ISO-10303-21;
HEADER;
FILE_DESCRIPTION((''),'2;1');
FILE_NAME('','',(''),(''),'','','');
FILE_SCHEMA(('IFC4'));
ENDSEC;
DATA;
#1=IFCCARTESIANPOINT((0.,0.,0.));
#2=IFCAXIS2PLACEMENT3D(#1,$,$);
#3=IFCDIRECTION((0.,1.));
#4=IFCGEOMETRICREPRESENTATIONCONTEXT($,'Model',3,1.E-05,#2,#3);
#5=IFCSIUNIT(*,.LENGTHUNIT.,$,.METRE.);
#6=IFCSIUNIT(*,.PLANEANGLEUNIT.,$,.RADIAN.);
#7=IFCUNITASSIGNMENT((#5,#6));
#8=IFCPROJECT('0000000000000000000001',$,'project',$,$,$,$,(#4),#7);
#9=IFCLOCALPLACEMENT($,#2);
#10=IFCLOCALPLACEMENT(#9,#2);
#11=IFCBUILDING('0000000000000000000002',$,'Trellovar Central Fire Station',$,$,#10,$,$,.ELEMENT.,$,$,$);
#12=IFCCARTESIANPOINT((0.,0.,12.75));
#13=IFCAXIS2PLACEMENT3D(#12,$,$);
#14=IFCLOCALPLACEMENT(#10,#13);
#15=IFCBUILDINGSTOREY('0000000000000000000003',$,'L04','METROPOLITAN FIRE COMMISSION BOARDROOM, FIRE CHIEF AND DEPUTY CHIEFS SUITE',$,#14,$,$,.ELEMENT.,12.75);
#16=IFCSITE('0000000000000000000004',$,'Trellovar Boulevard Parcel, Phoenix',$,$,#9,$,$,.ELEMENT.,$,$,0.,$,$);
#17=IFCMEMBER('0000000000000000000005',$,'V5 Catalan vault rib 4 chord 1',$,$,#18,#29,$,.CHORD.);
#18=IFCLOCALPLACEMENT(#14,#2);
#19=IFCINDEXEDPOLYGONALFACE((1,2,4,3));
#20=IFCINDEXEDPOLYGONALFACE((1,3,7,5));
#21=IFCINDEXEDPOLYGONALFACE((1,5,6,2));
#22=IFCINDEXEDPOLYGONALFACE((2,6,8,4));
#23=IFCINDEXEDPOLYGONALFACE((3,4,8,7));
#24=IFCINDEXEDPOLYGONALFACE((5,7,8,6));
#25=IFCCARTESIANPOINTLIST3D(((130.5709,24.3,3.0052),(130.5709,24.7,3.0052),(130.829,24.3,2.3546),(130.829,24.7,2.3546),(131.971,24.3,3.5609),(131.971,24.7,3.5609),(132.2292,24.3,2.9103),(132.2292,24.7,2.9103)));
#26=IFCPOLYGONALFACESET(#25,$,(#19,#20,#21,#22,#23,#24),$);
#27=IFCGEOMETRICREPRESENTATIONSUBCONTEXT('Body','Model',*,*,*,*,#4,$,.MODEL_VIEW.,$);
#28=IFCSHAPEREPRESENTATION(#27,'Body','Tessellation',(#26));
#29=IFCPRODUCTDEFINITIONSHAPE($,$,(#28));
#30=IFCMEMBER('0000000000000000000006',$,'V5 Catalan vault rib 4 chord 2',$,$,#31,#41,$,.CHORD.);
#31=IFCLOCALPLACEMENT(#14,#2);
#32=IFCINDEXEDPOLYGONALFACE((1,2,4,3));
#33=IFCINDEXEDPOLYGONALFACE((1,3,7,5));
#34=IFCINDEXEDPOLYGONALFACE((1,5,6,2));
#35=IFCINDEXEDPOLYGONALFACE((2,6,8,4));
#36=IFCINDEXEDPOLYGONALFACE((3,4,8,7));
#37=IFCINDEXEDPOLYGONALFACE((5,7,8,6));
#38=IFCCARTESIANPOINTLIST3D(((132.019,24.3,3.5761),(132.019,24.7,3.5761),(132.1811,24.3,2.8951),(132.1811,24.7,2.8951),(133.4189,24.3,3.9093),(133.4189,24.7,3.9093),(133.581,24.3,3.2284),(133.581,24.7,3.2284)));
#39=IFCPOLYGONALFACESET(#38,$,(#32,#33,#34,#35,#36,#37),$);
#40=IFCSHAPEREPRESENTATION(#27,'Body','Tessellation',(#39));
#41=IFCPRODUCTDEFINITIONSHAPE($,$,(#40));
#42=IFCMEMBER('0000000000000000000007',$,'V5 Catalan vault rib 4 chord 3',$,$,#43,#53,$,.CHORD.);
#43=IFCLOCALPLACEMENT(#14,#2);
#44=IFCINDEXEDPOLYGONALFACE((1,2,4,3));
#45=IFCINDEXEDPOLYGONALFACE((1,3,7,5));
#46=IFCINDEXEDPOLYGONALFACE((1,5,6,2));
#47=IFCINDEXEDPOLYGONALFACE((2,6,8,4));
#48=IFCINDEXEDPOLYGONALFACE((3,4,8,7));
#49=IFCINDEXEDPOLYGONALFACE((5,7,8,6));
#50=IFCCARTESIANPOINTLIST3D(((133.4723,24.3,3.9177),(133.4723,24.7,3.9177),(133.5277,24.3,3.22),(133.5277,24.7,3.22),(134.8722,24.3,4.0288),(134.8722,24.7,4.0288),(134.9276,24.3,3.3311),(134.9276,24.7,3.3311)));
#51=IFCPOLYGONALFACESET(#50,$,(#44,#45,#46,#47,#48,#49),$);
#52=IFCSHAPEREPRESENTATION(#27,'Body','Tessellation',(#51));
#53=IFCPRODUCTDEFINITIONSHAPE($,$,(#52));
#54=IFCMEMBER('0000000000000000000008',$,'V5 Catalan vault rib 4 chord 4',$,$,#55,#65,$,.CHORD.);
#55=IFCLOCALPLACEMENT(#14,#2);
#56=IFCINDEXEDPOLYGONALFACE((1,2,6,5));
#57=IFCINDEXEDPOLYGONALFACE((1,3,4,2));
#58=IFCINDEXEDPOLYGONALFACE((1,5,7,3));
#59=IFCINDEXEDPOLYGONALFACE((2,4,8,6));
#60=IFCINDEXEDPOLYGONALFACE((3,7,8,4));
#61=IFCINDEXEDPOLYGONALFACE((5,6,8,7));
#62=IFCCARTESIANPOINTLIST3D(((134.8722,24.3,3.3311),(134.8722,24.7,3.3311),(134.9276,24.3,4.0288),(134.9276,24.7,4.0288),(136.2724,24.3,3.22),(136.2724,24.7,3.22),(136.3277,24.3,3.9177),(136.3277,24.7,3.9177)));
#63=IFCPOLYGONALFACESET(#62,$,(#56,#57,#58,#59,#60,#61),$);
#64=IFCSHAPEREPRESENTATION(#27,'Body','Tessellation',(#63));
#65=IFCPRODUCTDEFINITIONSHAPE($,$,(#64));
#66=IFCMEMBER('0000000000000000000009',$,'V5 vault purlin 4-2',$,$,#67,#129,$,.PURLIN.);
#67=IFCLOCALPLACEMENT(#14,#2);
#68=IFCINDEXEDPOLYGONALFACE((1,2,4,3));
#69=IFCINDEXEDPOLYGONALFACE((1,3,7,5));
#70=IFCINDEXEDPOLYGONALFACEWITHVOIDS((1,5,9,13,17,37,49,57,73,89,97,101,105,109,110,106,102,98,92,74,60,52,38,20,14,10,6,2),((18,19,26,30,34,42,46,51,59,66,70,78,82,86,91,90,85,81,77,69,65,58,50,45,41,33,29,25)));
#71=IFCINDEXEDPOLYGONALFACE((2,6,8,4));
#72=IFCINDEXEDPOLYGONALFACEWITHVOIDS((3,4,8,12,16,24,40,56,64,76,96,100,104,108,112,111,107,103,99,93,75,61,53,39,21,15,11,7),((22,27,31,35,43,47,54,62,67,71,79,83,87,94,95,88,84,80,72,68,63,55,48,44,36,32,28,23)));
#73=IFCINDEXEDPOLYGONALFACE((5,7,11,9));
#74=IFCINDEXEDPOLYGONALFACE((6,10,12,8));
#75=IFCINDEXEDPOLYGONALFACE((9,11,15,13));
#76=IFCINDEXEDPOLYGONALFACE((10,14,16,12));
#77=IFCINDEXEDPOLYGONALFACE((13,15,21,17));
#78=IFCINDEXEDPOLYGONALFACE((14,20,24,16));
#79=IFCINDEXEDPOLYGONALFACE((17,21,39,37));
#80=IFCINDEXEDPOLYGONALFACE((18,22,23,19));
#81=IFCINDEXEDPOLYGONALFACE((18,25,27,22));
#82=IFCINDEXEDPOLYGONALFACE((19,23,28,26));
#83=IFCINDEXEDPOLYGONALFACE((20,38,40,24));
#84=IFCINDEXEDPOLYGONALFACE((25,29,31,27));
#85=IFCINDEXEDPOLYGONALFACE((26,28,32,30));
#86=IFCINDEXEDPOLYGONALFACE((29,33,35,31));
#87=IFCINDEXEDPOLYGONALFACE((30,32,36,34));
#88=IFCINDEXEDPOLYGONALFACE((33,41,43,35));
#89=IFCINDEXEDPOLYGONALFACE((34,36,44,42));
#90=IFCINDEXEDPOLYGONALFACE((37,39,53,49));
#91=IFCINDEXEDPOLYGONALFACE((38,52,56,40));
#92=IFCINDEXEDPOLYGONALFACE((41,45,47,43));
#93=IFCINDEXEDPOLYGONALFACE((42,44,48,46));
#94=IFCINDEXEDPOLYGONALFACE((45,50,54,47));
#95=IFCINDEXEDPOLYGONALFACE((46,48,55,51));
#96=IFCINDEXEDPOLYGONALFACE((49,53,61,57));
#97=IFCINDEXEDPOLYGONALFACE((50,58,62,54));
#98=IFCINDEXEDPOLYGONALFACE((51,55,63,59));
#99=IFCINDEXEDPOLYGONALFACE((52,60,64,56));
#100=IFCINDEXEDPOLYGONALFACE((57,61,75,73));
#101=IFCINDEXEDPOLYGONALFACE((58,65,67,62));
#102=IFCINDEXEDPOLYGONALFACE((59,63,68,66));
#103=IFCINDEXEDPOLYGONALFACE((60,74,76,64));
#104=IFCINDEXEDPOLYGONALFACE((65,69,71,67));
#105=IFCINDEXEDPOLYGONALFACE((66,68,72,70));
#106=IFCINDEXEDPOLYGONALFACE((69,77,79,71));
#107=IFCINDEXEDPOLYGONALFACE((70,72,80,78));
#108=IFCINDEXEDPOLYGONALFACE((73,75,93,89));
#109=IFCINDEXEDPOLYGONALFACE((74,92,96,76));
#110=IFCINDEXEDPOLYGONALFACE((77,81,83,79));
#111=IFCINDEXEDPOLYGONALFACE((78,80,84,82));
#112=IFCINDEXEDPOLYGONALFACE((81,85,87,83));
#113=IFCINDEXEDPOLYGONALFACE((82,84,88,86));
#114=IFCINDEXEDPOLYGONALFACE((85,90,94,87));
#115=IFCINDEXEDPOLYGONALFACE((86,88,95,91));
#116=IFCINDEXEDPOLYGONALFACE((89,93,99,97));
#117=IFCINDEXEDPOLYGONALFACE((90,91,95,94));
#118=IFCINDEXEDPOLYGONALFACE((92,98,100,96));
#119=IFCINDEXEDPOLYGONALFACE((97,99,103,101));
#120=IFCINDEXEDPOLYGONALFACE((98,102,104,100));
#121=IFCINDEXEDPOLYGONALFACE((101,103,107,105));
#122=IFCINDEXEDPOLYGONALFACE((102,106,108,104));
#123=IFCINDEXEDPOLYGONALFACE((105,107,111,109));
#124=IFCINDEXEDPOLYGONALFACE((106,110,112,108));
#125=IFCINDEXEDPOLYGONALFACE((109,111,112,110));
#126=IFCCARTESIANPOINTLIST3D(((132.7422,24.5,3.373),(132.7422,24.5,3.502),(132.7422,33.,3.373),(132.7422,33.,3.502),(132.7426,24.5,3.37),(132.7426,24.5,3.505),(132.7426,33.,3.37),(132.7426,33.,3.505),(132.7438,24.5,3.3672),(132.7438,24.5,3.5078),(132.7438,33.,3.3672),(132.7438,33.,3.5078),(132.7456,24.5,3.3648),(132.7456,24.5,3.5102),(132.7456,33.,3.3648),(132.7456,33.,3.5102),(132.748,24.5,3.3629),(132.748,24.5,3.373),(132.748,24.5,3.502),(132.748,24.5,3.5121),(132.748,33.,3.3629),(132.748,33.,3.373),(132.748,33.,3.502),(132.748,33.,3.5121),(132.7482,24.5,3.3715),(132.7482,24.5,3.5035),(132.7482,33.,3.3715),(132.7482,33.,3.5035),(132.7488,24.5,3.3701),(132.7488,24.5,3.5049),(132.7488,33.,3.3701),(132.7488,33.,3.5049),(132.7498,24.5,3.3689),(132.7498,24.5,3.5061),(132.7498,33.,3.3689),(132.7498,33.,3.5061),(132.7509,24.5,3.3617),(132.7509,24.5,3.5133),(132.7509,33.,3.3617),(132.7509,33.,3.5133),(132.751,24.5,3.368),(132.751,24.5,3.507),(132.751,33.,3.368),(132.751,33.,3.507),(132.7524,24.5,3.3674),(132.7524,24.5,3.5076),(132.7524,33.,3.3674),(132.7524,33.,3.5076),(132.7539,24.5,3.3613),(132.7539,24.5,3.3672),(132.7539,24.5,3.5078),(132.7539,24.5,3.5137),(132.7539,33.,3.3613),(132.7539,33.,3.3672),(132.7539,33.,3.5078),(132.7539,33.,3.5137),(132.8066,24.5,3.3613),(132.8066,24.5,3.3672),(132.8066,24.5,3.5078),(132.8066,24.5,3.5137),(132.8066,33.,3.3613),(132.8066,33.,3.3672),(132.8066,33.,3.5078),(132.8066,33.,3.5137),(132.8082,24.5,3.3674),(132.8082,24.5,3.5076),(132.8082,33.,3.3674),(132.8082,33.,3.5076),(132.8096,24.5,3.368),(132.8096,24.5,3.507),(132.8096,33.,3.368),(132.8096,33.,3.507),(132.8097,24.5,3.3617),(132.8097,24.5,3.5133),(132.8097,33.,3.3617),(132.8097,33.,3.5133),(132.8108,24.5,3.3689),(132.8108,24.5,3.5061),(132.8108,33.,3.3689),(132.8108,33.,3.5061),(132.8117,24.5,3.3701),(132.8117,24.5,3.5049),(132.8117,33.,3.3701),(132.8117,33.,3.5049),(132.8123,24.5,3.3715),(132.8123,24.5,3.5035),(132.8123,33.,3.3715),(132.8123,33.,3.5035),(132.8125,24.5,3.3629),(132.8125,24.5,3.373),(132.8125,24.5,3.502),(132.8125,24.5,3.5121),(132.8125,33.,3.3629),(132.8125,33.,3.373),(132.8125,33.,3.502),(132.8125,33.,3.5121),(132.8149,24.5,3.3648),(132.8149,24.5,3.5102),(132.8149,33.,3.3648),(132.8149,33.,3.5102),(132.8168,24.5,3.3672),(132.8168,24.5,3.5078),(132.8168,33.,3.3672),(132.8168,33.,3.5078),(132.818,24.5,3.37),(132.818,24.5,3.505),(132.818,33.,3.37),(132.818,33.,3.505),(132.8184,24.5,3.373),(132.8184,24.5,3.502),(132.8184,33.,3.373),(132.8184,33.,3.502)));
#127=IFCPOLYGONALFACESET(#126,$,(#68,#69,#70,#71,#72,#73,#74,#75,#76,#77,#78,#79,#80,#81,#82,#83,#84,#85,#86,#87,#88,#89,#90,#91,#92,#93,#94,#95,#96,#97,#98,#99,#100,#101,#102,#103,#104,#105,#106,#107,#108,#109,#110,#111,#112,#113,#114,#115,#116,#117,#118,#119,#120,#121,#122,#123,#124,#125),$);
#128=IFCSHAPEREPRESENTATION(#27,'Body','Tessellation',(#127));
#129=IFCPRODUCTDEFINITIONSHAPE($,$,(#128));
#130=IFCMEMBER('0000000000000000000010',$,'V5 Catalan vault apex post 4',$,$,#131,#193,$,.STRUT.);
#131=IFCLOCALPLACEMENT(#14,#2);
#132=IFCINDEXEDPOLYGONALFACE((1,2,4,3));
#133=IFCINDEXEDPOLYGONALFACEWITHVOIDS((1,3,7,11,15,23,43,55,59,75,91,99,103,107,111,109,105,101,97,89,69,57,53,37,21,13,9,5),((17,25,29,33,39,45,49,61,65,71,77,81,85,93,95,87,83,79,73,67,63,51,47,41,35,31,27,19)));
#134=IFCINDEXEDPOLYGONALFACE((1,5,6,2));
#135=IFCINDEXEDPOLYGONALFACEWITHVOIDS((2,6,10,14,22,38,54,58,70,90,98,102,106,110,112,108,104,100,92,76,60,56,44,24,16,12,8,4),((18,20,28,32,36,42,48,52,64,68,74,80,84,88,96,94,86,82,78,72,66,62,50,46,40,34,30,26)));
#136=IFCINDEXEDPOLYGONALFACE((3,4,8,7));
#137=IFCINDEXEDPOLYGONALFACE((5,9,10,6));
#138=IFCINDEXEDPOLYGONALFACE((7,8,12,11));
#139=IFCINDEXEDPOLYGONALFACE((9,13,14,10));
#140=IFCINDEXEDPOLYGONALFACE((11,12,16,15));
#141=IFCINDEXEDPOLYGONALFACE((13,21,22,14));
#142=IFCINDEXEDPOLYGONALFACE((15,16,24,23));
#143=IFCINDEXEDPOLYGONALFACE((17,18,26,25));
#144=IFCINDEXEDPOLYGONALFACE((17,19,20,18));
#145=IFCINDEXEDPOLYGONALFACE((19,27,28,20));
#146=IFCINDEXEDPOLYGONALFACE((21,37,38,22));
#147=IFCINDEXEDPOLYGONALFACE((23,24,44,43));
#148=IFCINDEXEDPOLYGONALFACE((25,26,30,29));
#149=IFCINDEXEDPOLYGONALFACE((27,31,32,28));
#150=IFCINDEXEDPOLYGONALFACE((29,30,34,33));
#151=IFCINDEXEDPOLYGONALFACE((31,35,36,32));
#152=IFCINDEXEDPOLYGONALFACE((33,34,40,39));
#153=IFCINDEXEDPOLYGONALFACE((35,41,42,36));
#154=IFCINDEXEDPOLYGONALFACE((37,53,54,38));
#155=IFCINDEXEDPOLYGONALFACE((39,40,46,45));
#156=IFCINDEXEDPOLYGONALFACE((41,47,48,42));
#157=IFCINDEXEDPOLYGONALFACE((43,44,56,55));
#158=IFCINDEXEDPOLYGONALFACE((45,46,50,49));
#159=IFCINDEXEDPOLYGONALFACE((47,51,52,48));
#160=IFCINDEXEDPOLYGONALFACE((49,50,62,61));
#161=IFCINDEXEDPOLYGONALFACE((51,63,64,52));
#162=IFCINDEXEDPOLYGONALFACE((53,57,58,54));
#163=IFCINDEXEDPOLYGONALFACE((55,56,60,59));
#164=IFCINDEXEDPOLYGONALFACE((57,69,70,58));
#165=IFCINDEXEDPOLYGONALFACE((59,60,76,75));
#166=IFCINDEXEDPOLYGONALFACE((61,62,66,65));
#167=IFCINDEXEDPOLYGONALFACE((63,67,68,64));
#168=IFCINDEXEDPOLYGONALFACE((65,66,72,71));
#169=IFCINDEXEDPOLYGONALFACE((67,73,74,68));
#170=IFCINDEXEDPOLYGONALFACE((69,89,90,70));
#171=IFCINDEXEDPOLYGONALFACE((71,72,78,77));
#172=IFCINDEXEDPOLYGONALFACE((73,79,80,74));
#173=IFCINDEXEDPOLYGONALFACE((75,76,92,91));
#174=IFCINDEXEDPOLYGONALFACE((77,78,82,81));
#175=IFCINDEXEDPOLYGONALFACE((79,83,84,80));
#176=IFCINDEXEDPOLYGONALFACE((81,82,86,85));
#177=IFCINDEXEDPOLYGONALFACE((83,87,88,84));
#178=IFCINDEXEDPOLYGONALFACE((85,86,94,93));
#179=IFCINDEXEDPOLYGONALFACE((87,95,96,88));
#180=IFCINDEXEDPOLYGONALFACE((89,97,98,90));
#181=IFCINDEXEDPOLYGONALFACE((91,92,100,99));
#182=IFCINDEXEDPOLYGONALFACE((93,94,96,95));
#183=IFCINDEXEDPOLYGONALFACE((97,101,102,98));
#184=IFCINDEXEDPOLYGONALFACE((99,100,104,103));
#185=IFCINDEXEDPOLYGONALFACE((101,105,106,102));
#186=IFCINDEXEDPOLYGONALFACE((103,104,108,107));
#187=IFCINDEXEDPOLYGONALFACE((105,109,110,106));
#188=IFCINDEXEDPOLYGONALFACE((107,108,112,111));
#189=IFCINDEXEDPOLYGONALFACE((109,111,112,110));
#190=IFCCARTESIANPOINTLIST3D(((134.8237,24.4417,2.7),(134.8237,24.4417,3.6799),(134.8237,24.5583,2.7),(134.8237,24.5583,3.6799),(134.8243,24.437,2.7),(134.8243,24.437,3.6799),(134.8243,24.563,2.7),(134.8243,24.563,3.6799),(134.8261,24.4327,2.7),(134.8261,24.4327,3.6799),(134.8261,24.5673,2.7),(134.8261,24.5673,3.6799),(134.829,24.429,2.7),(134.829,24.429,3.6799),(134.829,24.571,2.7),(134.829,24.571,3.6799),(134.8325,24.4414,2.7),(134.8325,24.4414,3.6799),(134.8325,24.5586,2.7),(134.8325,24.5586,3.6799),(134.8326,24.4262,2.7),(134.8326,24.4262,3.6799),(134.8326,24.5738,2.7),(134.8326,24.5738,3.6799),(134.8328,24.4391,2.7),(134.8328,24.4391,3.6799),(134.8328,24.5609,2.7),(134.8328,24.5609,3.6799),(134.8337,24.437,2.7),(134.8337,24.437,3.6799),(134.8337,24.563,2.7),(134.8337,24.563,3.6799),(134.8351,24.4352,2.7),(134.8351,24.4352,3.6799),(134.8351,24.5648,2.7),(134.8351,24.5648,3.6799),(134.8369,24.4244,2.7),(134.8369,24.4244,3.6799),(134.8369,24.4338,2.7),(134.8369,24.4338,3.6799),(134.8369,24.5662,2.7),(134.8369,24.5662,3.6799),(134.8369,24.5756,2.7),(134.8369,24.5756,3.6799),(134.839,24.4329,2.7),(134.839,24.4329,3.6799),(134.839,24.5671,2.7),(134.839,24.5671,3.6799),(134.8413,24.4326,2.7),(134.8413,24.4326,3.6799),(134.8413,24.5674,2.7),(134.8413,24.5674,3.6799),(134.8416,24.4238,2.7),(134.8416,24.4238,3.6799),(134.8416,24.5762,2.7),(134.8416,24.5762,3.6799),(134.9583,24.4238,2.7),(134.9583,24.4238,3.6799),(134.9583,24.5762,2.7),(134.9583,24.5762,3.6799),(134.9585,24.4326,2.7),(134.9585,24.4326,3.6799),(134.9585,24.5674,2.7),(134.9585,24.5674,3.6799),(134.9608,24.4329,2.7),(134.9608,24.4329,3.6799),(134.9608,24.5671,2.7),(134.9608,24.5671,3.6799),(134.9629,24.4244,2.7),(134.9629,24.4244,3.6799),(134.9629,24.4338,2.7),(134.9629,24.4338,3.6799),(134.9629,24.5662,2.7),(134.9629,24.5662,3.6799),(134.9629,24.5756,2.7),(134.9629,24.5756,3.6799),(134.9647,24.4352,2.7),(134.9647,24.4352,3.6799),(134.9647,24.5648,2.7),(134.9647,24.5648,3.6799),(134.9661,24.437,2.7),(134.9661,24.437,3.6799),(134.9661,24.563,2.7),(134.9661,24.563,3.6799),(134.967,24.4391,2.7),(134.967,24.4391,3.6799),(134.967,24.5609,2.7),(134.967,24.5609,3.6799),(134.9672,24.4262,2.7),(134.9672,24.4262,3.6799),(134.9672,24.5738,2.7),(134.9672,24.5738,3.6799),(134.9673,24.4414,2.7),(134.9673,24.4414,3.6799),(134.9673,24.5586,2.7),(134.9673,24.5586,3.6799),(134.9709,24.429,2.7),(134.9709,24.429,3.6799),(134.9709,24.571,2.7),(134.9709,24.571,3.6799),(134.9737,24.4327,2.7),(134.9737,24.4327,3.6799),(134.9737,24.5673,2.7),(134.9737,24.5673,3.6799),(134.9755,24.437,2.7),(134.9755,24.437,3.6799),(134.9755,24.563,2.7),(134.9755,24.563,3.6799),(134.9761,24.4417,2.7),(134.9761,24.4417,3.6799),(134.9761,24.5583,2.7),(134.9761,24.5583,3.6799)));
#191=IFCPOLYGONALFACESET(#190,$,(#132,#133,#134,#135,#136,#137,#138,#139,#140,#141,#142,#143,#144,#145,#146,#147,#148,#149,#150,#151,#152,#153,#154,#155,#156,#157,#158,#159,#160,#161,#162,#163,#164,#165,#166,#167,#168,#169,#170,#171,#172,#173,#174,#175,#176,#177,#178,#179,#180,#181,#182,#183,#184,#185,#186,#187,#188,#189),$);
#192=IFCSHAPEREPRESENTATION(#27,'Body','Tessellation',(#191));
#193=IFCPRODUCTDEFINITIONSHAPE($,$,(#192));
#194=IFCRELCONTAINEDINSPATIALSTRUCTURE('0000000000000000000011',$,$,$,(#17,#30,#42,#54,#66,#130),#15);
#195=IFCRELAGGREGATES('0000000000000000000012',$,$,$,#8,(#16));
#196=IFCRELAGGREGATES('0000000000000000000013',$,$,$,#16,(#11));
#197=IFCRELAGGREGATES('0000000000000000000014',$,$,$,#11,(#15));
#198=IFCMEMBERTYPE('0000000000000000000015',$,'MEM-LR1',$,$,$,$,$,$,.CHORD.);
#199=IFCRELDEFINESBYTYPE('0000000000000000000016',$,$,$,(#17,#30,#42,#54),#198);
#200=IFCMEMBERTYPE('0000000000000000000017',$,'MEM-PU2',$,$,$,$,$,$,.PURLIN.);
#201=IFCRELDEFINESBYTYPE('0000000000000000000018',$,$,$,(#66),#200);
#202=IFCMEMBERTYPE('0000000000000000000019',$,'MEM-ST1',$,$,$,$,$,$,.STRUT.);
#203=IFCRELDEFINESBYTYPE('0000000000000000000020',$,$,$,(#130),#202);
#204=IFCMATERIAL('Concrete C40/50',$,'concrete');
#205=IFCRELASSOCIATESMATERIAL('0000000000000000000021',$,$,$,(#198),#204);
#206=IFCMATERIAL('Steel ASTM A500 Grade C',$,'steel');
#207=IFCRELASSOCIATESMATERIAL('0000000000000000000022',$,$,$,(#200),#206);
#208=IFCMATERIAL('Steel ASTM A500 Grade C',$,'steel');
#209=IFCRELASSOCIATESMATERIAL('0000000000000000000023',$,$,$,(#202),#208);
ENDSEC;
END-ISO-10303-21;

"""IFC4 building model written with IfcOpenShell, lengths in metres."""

from ifc_helpers import new_model, si_unit, direction, frame, origin, origin_2d, place, context, subcontext, project, spatial, rectangle, hollow_rectangle, extrude, material, material_profile, profile_set, type_object, element, save


model = new_model("IFC4")

# Units and contexts
model_context = context("Model", 3, precision=1e-05, world=origin(), true_north=direction((0.0, 1.0)))
body_context = subcontext(model_context, "Body", "Model", "MODEL_VIEW")
ifc_project = project(units=[si_unit("LENGTHUNIT", "METRE"), si_unit("PLANEANGLEUNIT", "RADIAN")], contexts=[model_context])

# Site, building, storey
site_placement = place(None, origin())
site = spatial("IfcSite", under=ifc_project, at=site_placement, Name="Trellovar Boulevard Parcel, Phoenix", CompositionType="ELEMENT", RefElevation=0.0)
building_placement = place(site_placement, origin())
building = spatial("IfcBuilding", under=site, at=building_placement, Name="Trellovar Central Fire Station", CompositionType="ELEMENT")
storey_placement = place(building_placement, frame((0.0, 0.0, 12.75)))
storey = spatial("IfcBuildingStorey", under=building, at=storey_placement, Name="L04", Description="METROPOLITAN FIRE COMMISSION BOARDROOM, FIRE CHIEF AND DEPUTY CHIEFS SUITE", CompositionType="ELEMENT", Elevation=12.75)

# Members
ifc_material_1 = material(Name="Concrete C40/50", Category="concrete")
ifc_material_profile_1 = material_profile(ifc_material_1, rectangle(XDim=0.3999, YDim=0.7, at=origin_2d()), Name="RC400X700")
ifc_profile_set_1 = profile_set([ifc_material_profile_1], Name="Concrete C40/50")
member_type_1 = type_object("IfcMemberType", Name="MEM-LR1", PredefinedType="CHORD", material=ifc_profile_set_1)
member_1_placement = place(storey_placement, frame((130.7, 24.5, 2.6799), z_axis=(0.929479, 0.0, 0.368874), x_axis=(0.0, 1.0, 0.0)))
element("IfcMember", 1, at=member_1_placement, inside=storey, type_object=member_type_1, Name="V5 Catalan vault rib 4 chord 1", PredefinedType="CHORD", context=body_context, shape_type="SweptSolid", body=[
    extrude(rectangle(XDim=0.3999, YDim=0.7, at=origin_2d()), origin(), (0.0, 0.0, 1.0), 1.5063),
])
member_2_placement = place(storey_placement, frame((132.1001, 24.5, 3.2356), z_axis=(0.972815, 0.0, 0.231582), x_axis=(0.0, 1.0, 0.0)))
element("IfcMember", 2, at=member_2_placement, inside=storey, type_object=member_type_1, Name="V5 Catalan vault rib 4 chord 2", PredefinedType="CHORD", context=body_context, shape_type="SweptSolid", body=[
    extrude(rectangle(XDim=0.3999, YDim=0.7, at=origin_2d()), origin(), (0.0, 0.0, 1.0), 1.439),
])
member_3_placement = place(storey_placement, frame((133.5, 24.5, 3.5688), z_axis=(0.996866, 0.0, 0.079103), x_axis=(0.0, 1.0, 0.0)))
element("IfcMember", 3, at=member_3_placement, inside=storey, type_object=member_type_1, Name="V5 Catalan vault rib 4 chord 3", PredefinedType="CHORD", context=body_context, shape_type="SweptSolid", body=[
    extrude(rectangle(XDim=0.3999, YDim=0.7, at=origin_2d()), origin(), (0.0, 0.0, 1.0), 1.4043),
])
member_4_placement = place(storey_placement, frame((134.8999, 24.5, 3.6799), z_axis=(0.996868, 0.0, -0.079089), x_axis=(0.0, 1.0, 0.0)))
element("IfcMember", 4, at=member_4_placement, inside=storey, type_object=member_type_1, Name="V5 Catalan vault rib 4 chord 4", PredefinedType="CHORD", context=body_context, shape_type="SweptSolid", body=[
    extrude(rectangle(XDim=0.3999, YDim=0.7, at=origin_2d()), origin(), (0.0, 0.0, 1.0), 1.4045),
])
ifc_material_2 = material(Name="Steel ASTM A500 Grade C", Category="steel")
ifc_material_profile_2 = material_profile(ifc_material_2, hollow_rectangle(XDim=0.0762, YDim=0.1523, WallThickness=0.0059, InnerFilletRadius=0.0059, OuterFilletRadius=0.0117, at=origin_2d()), Name="HSS6X3X1/4")
ifc_profile_set_2 = profile_set([ifc_material_profile_2], Name="Steel ASTM A500 Grade C")
member_type_2 = type_object("IfcMemberType", Name="MEM-PU2", PredefinedType="PURLIN", material=ifc_profile_set_2)
member_5_placement = place(storey_placement, frame((132.7803, 24.5, 3.4375), z_axis=(0.0, 1.0, 0.0), x_axis=(-1.0, 0.0, 0.0)))
element("IfcMember", 5, at=member_5_placement, inside=storey, type_object=member_type_2, Name="V5 vault purlin 4-2", PredefinedType="PURLIN", context=body_context, shape_type="SweptSolid", body=[
    extrude(hollow_rectangle(XDim=0.0762, YDim=0.1523, WallThickness=0.0059, InnerFilletRadius=0.0059, OuterFilletRadius=0.0117, at=origin_2d()), origin(), (0.0, 0.0, 1.0), 8.5),
])
ifc_material_3 = material(Name="Steel ASTM A500 Grade C", Category="steel")
ifc_material_profile_3 = material_profile(ifc_material_3, hollow_rectangle(XDim=0.1523, YDim=0.1523, WallThickness=0.0088, InnerFilletRadius=0.0088, OuterFilletRadius=0.0178, at=origin_2d()), Name="HSS6X6X3/8")
ifc_profile_set_3 = profile_set([ifc_material_profile_3], Name="Steel ASTM A500 Grade C")
member_type_3 = type_object("IfcMemberType", Name="MEM-ST1", PredefinedType="STRUT", material=ifc_profile_set_3)
member_6_placement = place(storey_placement, frame((134.8999, 24.5, 2.7), z_axis=(0.0, 0.0, 1.0), x_axis=(1.0, 0.0, 0.0)))
element("IfcMember", 6, at=member_6_placement, inside=storey, type_object=member_type_3, Name="V5 Catalan vault apex post 4", PredefinedType="STRUT", context=body_context, shape_type="SweptSolid", body=[
    extrude(hollow_rectangle(XDim=0.1523, YDim=0.1523, WallThickness=0.0088, InnerFilletRadius=0.0088, OuterFilletRadius=0.0178, at=origin_2d()), origin(), (0.0, 0.0, 1.0), 0.98),
])

save(model, "model.ifc")
